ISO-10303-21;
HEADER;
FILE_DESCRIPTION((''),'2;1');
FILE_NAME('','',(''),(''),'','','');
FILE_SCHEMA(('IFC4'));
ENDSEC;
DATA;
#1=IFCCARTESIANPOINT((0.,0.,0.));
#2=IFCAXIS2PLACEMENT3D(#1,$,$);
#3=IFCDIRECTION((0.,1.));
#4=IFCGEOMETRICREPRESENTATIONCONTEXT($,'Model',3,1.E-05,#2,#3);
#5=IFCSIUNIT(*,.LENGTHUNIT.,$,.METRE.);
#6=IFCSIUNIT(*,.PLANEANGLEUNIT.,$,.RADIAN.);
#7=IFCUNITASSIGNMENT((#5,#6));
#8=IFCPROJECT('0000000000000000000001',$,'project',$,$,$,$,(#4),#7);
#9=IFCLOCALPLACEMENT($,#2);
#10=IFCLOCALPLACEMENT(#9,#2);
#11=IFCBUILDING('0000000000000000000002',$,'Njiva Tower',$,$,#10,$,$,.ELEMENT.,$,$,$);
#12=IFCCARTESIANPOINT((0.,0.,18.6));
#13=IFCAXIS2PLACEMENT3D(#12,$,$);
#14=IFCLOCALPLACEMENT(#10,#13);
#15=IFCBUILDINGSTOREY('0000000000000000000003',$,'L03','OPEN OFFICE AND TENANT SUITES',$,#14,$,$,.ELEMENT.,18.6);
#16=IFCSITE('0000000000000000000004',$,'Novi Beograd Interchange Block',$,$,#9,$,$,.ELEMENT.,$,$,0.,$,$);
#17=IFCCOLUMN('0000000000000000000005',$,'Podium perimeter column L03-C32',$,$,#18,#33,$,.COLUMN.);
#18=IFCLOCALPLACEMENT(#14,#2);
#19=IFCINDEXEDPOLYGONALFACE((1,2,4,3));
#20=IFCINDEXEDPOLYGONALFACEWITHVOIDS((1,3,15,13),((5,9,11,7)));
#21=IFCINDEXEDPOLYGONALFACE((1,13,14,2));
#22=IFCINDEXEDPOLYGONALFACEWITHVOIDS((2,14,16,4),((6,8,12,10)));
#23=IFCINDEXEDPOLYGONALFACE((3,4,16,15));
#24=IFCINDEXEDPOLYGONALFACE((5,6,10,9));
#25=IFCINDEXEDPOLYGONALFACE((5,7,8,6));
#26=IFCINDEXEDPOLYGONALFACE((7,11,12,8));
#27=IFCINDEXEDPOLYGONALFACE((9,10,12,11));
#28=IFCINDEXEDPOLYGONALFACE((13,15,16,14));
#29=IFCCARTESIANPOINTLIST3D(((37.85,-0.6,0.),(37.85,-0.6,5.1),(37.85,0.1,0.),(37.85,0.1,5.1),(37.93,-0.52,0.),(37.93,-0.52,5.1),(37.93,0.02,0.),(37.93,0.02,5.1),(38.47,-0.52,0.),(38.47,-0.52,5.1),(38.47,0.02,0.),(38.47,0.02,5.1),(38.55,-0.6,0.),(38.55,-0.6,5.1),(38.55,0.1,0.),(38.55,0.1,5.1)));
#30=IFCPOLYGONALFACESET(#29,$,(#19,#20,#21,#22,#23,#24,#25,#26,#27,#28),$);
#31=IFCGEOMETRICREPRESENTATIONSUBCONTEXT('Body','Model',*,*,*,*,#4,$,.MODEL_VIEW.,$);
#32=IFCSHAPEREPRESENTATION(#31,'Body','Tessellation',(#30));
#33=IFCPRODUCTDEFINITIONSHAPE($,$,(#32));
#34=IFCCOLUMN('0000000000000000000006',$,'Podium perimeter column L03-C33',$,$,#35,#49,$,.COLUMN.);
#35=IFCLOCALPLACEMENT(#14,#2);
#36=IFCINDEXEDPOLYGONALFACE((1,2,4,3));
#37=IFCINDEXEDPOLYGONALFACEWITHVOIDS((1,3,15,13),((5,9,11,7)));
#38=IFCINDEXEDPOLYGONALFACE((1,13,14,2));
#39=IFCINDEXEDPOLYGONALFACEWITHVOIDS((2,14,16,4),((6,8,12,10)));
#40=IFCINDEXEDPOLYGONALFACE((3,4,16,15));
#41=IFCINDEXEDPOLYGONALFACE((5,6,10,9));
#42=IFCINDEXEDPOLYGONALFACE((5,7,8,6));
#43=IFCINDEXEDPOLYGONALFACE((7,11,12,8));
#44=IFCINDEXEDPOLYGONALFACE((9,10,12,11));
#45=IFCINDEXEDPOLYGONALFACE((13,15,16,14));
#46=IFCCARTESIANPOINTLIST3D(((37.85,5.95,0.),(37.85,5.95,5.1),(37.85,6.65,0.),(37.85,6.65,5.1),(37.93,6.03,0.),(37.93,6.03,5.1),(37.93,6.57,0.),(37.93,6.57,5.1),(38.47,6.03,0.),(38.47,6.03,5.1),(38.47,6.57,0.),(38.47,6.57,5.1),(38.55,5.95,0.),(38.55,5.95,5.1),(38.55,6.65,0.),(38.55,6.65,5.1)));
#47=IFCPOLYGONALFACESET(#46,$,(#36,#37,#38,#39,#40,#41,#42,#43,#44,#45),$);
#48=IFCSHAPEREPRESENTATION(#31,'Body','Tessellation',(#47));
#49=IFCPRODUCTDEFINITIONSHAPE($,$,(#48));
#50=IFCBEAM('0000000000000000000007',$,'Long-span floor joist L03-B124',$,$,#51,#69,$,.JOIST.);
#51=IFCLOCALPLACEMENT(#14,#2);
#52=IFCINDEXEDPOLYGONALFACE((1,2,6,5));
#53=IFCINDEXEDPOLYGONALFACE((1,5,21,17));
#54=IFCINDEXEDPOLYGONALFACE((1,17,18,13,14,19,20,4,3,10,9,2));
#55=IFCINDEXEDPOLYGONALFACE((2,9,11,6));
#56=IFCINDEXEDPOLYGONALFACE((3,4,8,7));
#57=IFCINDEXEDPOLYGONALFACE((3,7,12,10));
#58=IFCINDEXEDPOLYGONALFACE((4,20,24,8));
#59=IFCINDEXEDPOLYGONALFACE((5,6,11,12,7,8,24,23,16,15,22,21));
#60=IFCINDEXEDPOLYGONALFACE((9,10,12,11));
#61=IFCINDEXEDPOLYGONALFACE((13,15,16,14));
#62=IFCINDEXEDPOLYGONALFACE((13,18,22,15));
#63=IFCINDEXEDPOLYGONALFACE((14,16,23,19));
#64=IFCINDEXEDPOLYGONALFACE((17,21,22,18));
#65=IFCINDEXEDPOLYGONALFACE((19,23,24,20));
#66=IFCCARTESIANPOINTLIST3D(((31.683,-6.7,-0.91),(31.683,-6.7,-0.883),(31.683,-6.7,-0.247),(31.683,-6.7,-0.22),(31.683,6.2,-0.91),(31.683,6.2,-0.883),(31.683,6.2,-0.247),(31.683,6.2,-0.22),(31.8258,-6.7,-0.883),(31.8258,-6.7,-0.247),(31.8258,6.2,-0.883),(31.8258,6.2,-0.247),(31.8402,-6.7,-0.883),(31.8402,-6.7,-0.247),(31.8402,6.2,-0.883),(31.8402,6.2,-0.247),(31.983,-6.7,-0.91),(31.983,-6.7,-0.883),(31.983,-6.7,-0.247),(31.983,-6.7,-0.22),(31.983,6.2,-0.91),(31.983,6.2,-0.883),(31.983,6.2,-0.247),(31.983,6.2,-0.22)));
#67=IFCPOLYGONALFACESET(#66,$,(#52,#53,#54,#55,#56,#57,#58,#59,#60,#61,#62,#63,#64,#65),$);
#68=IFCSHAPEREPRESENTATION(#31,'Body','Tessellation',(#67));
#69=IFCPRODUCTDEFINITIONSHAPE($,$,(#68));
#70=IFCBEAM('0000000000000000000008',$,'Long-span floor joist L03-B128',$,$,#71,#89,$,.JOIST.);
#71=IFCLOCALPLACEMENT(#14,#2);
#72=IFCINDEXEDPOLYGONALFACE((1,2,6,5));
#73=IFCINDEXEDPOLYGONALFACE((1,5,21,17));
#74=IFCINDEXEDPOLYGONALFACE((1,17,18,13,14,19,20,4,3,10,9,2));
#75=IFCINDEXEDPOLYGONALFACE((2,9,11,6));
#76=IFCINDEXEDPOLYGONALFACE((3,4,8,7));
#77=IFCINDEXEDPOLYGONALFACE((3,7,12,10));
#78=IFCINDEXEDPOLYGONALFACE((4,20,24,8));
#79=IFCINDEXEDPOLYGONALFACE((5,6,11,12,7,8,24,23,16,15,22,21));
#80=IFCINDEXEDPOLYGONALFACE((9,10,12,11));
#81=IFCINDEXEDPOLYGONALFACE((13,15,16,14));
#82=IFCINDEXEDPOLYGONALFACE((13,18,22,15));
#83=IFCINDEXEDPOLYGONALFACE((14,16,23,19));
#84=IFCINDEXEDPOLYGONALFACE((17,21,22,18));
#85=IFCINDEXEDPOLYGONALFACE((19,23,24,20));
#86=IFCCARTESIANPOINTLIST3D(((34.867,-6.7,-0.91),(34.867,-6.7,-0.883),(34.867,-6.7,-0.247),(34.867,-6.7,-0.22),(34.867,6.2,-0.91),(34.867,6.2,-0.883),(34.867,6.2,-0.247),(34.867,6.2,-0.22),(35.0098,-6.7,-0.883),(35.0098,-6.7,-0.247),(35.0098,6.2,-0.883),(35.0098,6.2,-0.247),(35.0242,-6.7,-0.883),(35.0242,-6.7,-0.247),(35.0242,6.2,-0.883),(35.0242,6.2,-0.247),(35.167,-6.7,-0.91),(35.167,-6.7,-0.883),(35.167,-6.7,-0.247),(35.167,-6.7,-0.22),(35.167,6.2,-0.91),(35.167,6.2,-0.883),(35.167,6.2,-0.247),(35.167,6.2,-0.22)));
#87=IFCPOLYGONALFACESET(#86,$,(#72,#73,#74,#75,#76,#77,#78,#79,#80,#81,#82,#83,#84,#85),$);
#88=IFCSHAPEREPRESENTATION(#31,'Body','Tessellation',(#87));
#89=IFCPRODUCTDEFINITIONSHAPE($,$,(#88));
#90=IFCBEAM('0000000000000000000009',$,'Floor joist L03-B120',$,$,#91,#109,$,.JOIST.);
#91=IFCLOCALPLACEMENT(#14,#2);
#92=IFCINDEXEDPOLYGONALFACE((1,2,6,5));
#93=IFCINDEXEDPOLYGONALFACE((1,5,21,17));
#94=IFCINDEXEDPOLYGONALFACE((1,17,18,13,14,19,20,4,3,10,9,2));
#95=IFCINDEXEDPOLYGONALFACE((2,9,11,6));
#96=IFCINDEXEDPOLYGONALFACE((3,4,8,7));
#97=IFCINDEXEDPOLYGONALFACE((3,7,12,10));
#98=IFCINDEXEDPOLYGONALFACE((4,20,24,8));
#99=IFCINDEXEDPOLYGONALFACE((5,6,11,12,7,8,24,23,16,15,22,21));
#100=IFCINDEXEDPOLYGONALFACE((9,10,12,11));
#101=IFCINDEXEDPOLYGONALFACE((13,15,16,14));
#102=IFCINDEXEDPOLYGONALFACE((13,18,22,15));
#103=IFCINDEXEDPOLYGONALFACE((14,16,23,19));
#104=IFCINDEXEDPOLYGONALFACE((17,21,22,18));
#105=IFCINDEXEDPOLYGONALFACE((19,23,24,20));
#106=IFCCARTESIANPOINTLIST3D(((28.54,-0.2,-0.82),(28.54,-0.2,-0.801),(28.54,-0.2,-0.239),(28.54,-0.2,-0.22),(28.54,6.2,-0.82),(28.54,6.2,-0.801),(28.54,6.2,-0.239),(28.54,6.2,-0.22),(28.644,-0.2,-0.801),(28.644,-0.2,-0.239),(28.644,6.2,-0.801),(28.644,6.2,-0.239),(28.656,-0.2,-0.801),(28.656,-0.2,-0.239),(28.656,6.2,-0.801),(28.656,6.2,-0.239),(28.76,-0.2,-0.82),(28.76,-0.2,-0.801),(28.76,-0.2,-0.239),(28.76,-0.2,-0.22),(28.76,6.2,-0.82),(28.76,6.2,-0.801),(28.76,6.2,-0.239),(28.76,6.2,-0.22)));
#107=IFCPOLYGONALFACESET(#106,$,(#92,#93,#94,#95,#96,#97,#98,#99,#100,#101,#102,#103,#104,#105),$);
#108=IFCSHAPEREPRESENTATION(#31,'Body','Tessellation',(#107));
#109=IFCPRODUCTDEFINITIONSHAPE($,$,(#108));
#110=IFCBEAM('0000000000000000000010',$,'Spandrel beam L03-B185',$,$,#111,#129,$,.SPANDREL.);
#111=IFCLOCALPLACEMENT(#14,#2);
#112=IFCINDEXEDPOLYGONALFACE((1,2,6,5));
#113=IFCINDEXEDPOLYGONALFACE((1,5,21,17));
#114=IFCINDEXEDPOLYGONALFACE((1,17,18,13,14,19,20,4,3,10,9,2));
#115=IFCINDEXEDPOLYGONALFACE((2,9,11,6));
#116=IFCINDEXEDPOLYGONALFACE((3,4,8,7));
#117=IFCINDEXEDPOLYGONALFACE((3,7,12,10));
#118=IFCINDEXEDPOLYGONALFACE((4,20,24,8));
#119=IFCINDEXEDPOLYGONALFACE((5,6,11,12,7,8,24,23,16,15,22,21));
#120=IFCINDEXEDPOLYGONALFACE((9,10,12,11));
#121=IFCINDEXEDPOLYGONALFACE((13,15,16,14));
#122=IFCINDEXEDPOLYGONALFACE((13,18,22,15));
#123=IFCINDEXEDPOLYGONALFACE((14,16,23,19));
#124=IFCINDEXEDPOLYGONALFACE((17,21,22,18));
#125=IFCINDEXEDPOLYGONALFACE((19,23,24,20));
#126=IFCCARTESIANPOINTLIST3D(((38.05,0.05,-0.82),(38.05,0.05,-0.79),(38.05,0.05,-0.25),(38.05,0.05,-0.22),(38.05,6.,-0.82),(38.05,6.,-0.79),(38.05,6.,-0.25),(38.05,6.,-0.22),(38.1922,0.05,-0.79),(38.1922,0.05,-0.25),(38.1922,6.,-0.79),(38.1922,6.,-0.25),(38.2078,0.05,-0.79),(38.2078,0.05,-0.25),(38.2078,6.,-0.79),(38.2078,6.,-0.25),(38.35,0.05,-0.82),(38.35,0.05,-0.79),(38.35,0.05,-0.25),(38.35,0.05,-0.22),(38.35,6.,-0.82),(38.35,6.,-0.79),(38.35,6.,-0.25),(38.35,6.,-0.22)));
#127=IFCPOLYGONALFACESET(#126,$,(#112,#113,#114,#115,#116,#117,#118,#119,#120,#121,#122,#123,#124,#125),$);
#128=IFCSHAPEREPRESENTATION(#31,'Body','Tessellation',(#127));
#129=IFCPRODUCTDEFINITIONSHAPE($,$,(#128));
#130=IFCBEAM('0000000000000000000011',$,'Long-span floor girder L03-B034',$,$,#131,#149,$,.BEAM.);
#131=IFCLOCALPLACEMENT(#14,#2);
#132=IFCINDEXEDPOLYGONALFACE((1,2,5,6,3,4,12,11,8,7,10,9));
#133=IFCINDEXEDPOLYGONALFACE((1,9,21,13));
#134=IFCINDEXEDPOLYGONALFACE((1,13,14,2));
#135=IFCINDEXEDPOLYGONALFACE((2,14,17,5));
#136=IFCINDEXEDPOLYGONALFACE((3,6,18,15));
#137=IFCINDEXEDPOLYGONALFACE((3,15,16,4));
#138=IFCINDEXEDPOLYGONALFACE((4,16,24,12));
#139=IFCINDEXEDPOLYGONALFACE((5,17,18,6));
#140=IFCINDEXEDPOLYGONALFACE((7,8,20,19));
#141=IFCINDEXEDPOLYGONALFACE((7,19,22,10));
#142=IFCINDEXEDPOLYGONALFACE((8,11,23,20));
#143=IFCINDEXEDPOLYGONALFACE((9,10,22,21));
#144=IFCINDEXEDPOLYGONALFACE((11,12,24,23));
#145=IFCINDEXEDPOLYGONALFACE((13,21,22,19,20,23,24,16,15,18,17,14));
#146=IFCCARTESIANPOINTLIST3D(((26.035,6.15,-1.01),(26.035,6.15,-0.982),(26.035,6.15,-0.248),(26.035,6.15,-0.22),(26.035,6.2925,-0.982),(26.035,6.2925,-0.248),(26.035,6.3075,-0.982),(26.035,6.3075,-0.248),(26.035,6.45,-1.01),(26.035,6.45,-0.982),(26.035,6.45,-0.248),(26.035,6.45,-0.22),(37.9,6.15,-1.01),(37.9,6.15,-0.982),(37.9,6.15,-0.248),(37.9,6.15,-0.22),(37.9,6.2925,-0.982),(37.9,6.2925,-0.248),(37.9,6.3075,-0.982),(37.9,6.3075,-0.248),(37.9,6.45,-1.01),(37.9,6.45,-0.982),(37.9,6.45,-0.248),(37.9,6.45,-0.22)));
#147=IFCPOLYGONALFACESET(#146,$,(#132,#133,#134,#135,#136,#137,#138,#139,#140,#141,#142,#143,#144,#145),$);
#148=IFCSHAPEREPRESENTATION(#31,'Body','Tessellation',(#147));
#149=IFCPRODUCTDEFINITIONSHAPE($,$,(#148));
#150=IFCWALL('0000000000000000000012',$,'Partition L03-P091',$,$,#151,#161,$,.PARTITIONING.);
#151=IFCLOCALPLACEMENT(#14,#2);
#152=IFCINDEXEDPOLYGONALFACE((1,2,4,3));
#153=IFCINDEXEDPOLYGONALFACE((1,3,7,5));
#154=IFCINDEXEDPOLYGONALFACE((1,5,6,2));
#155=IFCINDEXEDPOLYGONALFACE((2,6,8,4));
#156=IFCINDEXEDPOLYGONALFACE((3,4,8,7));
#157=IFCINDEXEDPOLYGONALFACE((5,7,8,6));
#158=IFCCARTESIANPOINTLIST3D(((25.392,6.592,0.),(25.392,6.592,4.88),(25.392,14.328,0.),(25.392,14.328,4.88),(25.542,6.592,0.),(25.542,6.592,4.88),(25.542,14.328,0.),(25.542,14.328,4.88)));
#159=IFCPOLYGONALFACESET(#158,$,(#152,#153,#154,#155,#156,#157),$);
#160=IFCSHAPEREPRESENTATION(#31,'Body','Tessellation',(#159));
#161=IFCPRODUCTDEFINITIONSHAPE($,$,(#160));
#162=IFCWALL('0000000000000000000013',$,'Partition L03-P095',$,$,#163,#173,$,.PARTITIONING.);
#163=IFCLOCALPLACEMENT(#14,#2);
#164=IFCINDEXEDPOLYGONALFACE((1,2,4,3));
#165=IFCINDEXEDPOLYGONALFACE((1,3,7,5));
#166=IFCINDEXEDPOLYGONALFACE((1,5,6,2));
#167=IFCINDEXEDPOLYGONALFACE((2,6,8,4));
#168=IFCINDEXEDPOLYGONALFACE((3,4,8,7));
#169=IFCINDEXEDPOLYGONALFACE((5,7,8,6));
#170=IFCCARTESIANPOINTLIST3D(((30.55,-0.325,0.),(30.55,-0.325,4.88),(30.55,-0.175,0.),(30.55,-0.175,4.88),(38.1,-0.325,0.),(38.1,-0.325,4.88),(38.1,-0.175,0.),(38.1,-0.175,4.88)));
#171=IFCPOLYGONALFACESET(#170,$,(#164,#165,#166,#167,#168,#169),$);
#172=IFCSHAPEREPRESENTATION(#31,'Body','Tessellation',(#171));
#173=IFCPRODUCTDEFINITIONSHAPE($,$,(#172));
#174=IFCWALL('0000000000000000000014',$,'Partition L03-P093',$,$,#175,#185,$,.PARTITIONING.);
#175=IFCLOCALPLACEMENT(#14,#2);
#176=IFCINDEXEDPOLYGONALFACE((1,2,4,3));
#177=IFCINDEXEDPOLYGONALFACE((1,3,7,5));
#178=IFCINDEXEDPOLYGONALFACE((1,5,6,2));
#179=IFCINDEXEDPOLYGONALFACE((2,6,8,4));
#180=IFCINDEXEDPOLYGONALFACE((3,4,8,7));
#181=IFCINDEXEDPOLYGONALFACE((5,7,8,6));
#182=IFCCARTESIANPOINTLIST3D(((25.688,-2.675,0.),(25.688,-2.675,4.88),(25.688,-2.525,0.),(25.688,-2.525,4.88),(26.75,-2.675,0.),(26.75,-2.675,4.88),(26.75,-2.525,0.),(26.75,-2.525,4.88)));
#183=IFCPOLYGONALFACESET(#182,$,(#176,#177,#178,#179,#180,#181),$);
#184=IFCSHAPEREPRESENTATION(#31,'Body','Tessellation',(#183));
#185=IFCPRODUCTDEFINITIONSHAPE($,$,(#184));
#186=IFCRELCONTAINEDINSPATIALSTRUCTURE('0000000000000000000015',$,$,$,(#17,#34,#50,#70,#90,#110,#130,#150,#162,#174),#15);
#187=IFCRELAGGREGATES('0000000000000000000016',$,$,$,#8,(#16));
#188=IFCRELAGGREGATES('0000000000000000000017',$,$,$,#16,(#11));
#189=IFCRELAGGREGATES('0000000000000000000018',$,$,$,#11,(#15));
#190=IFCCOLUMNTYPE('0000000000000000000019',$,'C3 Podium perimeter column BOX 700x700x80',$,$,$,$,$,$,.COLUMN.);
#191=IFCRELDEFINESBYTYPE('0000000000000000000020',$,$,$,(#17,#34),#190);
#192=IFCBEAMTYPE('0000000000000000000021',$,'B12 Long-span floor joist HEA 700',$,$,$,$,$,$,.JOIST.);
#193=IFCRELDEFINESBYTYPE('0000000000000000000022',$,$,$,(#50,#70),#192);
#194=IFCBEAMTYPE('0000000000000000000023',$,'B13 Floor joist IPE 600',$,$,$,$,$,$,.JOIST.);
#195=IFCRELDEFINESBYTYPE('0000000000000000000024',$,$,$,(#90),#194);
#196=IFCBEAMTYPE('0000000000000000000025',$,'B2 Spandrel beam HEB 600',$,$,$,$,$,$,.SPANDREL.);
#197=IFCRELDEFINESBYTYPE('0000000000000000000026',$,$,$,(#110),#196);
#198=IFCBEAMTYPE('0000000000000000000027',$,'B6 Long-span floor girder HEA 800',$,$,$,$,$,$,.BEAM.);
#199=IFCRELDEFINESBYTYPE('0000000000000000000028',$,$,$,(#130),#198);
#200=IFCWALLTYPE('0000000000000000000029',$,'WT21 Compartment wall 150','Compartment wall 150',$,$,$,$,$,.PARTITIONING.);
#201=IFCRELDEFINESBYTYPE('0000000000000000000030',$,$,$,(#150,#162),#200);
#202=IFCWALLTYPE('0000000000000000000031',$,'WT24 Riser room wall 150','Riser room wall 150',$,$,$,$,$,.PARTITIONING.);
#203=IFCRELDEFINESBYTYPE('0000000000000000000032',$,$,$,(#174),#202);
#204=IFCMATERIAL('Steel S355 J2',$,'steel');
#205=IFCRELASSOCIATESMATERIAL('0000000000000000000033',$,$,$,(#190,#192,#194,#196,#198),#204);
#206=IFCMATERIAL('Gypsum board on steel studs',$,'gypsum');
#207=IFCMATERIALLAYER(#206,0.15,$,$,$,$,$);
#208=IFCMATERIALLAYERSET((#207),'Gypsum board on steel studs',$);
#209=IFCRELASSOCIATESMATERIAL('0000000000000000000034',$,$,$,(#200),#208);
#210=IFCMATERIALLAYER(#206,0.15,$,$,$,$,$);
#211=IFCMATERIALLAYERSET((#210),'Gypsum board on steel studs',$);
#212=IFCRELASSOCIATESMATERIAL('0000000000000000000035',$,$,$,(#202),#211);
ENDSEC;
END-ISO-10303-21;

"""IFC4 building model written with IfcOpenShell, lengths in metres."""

from ifc_helpers import new_model, si_unit, direction, frame, frame_2d, origin, origin_2d, place, context, subcontext, project, spatial, rectangle, hollow_rectangle, i_section, extrude, material, layer, layer_set, material_profile, profile_set, type_object, element, save


model = new_model("IFC4")

# Units and contexts
model_context = context("Model", 3, precision=1e-05, world=origin(), true_north=direction((0.0, 1.0)))
body_context = subcontext(model_context, "Body", "Model", "MODEL_VIEW")
ifc_project = project(units=[si_unit("LENGTHUNIT", "METRE"), si_unit("PLANEANGLEUNIT", "RADIAN")], contexts=[model_context])

# Site, building, storey
site_placement = place(None, origin())
site = spatial("IfcSite", under=ifc_project, at=site_placement, Name="Novi Beograd Interchange Block", CompositionType="ELEMENT", RefElevation=0.0)
building_placement = place(site_placement, origin())
building = spatial("IfcBuilding", under=site, at=building_placement, Name="Njiva Tower", CompositionType="ELEMENT")
storey_placement = place(building_placement, frame((0.0, 0.0, 18.6)))
storey = spatial("IfcBuildingStorey", under=building, at=storey_placement, Name="L03", Description="OPEN OFFICE AND TENANT SUITES", CompositionType="ELEMENT", Elevation=18.6)

# Columns
ifc_material_1 = material(Name="Steel S355 J2", Category="steel")
ifc_material_profile_1 = material_profile(ifc_material_1, hollow_rectangle(XDim=0.7, YDim=0.7, WallThickness=0.08, at=origin_2d()), Name="BOX 700x700x80")
ifc_profile_set_1 = profile_set([ifc_material_profile_1], Name="Steel S355 J2")
column_type = type_object("IfcColumnType", Name="C3 Podium perimeter column BOX 700x700x80", PredefinedType="COLUMN", material=ifc_profile_set_1)
for number, where, z_axis, x_axis, name in (
    (1, (38.2, -0.25, 0.0), (0.0, 0.0, 1.0), (0.0, 1.0, 0.0), "Podium perimeter column L03-C32"),
    (2, (38.2, 6.3, 0.0), (0.0, 0.0, 1.0), (0.0, 1.0, 0.0), "Podium perimeter column L03-C33"),
):
    element("IfcColumn", number, at=place(storey_placement, frame(where, z_axis=z_axis, x_axis=x_axis)), inside=storey, type_object=column_type, Name=name, PredefinedType="COLUMN", context=body_context, shape_type="SweptSolid", body=[
        extrude(hollow_rectangle(XDim=0.7, YDim=0.7, WallThickness=0.08, at=origin_2d()), origin(), (0.0, 0.0, 1.0), 5.1),
    ])

# Beams
ifc_material_profile_2 = material_profile(ifc_material_1, i_section(OverallWidth=0.3, OverallDepth=0.69, WebThickness=0.0145, FlangeThickness=0.027, at=origin_2d()), Name="HEA 700")
ifc_profile_set_2 = profile_set([ifc_material_profile_2], Name="Steel S355 J2")
beam_type_1 = type_object("IfcBeamType", Name="B12 Long-span floor joist HEA 700", PredefinedType="JOIST", material=ifc_profile_set_2)
for number, where, z_axis, x_axis, name in (
    (3, (31.833, 6.2, -0.565), (0.0, -1.0, 0.0), (1.0, 0.0, 0.0), "Long-span floor joist L03-B124"),
    (4, (35.017, 6.2, -0.565), (0.0, -1.0, 0.0), (1.0, 0.0, 0.0), "Long-span floor joist L03-B128"),
):
    element("IfcBeam", number, at=place(storey_placement, frame(where, z_axis=z_axis, x_axis=x_axis)), inside=storey, type_object=beam_type_1, Name=name, PredefinedType="JOIST", context=body_context, shape_type="SweptSolid", body=[
        extrude(i_section(OverallWidth=0.3, OverallDepth=0.69, WebThickness=0.0145, FlangeThickness=0.027, at=origin_2d()), origin(), (0.0, 0.0, 1.0), 12.9),
    ])
ifc_material_profile_3 = material_profile(ifc_material_1, i_section(OverallWidth=0.22, OverallDepth=0.6, WebThickness=0.012, FlangeThickness=0.019, at=origin_2d()), Name="IPE 600")
ifc_profile_set_3 = profile_set([ifc_material_profile_3], Name="Steel S355 J2")
beam_type_2 = type_object("IfcBeamType", Name="B13 Floor joist IPE 600", PredefinedType="JOIST", material=ifc_profile_set_3)
beam_1_placement = place(storey_placement, frame((28.65, 6.2, -0.52), z_axis=(0.0, -1.0, 0.0), x_axis=(1.0, 0.0, 0.0)))
element("IfcBeam", 5, at=beam_1_placement, inside=storey, type_object=beam_type_2, Name="Floor joist L03-B120", PredefinedType="JOIST", context=body_context, shape_type="SweptSolid", body=[
    extrude(i_section(OverallWidth=0.22, OverallDepth=0.6, WebThickness=0.012, FlangeThickness=0.019, at=origin_2d()), origin(), (0.0, 0.0, 1.0), 6.4),
])
ifc_material_profile_4 = material_profile(ifc_material_1, i_section(OverallWidth=0.3, OverallDepth=0.6, WebThickness=0.0155, FlangeThickness=0.03, at=origin_2d()), Name="HEB 600")
ifc_profile_set_4 = profile_set([ifc_material_profile_4], Name="Steel S355 J2")
beam_type_3 = type_object("IfcBeamType", Name="B2 Spandrel beam HEB 600", PredefinedType="SPANDREL", material=ifc_profile_set_4)
beam_2_placement = place(storey_placement, frame((38.2, 0.05, -0.52), z_axis=(0.0, 1.0, 0.0), x_axis=(-1.0, 0.0, 0.0)))
element("IfcBeam", 6, at=beam_2_placement, inside=storey, type_object=beam_type_3, Name="Spandrel beam L03-B185", PredefinedType="SPANDREL", context=body_context, shape_type="SweptSolid", body=[
    extrude(i_section(OverallWidth=0.3, OverallDepth=0.6, WebThickness=0.0155, FlangeThickness=0.03, at=origin_2d()), origin(), (0.0, 0.0, 1.0), 5.95),
])
ifc_material_profile_5 = material_profile(ifc_material_1, i_section(OverallWidth=0.3, OverallDepth=0.79, WebThickness=0.015, FlangeThickness=0.028, at=origin_2d()), Name="HEA 800")
ifc_profile_set_5 = profile_set([ifc_material_profile_5], Name="Steel S355 J2")
beam_type_4 = type_object("IfcBeamType", Name="B6 Long-span floor girder HEA 800", PredefinedType="BEAM", material=ifc_profile_set_5)
beam_3_placement = place(storey_placement, frame((26.035, 6.3, -0.615), z_axis=(1.0, 0.0, 0.0), x_axis=(0.0, 1.0, 0.0)))
element("IfcBeam", 7, at=beam_3_placement, inside=storey, type_object=beam_type_4, Name="Long-span floor girder L03-B034", PredefinedType="BEAM", context=body_context, shape_type="SweptSolid", body=[
    extrude(i_section(OverallWidth=0.3, OverallDepth=0.79, WebThickness=0.015, FlangeThickness=0.028, at=origin_2d()), origin(), (0.0, 0.0, 1.0), 11.865),
])

# Walls
ifc_material_2 = material(Name="Gypsum board on steel studs", Category="gypsum")
ifc_layer_1 = layer(ifc_material_2, 0.15)
ifc_layer_set_1 = layer_set([ifc_layer_1], Name="Gypsum board on steel studs")
wall_type_1 = type_object("IfcWallType", Name="WT21 Compartment wall 150", Description="Compartment wall 150", PredefinedType="PARTITIONING", material=ifc_layer_set_1)
wall_1_placement = place(storey_placement, frame((25.467, 6.592, 0.0), z_axis=(0.0, 0.0, 1.0), x_axis=(0.0, 1.0, 0.0)))
element("IfcWall", 8, at=wall_1_placement, inside=storey, type_object=wall_type_1, Name="Partition L03-P091", PredefinedType="PARTITIONING", context=body_context, shape_type="SweptSolid", body=[
    extrude(rectangle(XDim=7.736, YDim=0.15, at=frame_2d((3.868, 0.0))), origin(), (0.0, 0.0, 1.0), 4.88),
])
wall_2_placement = place(storey_placement, frame((30.55, -0.25, 0.0), z_axis=(0.0, 0.0, 1.0), x_axis=(1.0, 0.0, 0.0)))
element("IfcWall", 9, at=wall_2_placement, inside=storey, type_object=wall_type_1, Name="Partition L03-P095", PredefinedType="PARTITIONING", context=body_context, shape_type="SweptSolid", body=[
    extrude(rectangle(XDim=7.55, YDim=0.15, at=frame_2d((3.775, 0.0))), origin(), (0.0, 0.0, 1.0), 4.88),
])
ifc_layer_2 = layer(ifc_material_2, 0.15)
ifc_layer_set_2 = layer_set([ifc_layer_2], Name="Gypsum board on steel studs")
wall_type_2 = type_object("IfcWallType", Name="WT24 Riser room wall 150", Description="Riser room wall 150", PredefinedType="PARTITIONING", material=ifc_layer_set_2)
wall_3_placement = place(storey_placement, frame((25.688, -2.6, 0.0), z_axis=(0.0, 0.0, 1.0), x_axis=(1.0, 0.0, 0.0)))
element("IfcWall", 10, at=wall_3_placement, inside=storey, type_object=wall_type_2, Name="Partition L03-P093", PredefinedType="PARTITIONING", context=body_context, shape_type="SweptSolid", body=[
    extrude(rectangle(XDim=1.062, YDim=0.15, at=frame_2d((0.531, 0.0))), origin(), (0.0, 0.0, 1.0), 4.88),
])

save(model, "model.ifc")
